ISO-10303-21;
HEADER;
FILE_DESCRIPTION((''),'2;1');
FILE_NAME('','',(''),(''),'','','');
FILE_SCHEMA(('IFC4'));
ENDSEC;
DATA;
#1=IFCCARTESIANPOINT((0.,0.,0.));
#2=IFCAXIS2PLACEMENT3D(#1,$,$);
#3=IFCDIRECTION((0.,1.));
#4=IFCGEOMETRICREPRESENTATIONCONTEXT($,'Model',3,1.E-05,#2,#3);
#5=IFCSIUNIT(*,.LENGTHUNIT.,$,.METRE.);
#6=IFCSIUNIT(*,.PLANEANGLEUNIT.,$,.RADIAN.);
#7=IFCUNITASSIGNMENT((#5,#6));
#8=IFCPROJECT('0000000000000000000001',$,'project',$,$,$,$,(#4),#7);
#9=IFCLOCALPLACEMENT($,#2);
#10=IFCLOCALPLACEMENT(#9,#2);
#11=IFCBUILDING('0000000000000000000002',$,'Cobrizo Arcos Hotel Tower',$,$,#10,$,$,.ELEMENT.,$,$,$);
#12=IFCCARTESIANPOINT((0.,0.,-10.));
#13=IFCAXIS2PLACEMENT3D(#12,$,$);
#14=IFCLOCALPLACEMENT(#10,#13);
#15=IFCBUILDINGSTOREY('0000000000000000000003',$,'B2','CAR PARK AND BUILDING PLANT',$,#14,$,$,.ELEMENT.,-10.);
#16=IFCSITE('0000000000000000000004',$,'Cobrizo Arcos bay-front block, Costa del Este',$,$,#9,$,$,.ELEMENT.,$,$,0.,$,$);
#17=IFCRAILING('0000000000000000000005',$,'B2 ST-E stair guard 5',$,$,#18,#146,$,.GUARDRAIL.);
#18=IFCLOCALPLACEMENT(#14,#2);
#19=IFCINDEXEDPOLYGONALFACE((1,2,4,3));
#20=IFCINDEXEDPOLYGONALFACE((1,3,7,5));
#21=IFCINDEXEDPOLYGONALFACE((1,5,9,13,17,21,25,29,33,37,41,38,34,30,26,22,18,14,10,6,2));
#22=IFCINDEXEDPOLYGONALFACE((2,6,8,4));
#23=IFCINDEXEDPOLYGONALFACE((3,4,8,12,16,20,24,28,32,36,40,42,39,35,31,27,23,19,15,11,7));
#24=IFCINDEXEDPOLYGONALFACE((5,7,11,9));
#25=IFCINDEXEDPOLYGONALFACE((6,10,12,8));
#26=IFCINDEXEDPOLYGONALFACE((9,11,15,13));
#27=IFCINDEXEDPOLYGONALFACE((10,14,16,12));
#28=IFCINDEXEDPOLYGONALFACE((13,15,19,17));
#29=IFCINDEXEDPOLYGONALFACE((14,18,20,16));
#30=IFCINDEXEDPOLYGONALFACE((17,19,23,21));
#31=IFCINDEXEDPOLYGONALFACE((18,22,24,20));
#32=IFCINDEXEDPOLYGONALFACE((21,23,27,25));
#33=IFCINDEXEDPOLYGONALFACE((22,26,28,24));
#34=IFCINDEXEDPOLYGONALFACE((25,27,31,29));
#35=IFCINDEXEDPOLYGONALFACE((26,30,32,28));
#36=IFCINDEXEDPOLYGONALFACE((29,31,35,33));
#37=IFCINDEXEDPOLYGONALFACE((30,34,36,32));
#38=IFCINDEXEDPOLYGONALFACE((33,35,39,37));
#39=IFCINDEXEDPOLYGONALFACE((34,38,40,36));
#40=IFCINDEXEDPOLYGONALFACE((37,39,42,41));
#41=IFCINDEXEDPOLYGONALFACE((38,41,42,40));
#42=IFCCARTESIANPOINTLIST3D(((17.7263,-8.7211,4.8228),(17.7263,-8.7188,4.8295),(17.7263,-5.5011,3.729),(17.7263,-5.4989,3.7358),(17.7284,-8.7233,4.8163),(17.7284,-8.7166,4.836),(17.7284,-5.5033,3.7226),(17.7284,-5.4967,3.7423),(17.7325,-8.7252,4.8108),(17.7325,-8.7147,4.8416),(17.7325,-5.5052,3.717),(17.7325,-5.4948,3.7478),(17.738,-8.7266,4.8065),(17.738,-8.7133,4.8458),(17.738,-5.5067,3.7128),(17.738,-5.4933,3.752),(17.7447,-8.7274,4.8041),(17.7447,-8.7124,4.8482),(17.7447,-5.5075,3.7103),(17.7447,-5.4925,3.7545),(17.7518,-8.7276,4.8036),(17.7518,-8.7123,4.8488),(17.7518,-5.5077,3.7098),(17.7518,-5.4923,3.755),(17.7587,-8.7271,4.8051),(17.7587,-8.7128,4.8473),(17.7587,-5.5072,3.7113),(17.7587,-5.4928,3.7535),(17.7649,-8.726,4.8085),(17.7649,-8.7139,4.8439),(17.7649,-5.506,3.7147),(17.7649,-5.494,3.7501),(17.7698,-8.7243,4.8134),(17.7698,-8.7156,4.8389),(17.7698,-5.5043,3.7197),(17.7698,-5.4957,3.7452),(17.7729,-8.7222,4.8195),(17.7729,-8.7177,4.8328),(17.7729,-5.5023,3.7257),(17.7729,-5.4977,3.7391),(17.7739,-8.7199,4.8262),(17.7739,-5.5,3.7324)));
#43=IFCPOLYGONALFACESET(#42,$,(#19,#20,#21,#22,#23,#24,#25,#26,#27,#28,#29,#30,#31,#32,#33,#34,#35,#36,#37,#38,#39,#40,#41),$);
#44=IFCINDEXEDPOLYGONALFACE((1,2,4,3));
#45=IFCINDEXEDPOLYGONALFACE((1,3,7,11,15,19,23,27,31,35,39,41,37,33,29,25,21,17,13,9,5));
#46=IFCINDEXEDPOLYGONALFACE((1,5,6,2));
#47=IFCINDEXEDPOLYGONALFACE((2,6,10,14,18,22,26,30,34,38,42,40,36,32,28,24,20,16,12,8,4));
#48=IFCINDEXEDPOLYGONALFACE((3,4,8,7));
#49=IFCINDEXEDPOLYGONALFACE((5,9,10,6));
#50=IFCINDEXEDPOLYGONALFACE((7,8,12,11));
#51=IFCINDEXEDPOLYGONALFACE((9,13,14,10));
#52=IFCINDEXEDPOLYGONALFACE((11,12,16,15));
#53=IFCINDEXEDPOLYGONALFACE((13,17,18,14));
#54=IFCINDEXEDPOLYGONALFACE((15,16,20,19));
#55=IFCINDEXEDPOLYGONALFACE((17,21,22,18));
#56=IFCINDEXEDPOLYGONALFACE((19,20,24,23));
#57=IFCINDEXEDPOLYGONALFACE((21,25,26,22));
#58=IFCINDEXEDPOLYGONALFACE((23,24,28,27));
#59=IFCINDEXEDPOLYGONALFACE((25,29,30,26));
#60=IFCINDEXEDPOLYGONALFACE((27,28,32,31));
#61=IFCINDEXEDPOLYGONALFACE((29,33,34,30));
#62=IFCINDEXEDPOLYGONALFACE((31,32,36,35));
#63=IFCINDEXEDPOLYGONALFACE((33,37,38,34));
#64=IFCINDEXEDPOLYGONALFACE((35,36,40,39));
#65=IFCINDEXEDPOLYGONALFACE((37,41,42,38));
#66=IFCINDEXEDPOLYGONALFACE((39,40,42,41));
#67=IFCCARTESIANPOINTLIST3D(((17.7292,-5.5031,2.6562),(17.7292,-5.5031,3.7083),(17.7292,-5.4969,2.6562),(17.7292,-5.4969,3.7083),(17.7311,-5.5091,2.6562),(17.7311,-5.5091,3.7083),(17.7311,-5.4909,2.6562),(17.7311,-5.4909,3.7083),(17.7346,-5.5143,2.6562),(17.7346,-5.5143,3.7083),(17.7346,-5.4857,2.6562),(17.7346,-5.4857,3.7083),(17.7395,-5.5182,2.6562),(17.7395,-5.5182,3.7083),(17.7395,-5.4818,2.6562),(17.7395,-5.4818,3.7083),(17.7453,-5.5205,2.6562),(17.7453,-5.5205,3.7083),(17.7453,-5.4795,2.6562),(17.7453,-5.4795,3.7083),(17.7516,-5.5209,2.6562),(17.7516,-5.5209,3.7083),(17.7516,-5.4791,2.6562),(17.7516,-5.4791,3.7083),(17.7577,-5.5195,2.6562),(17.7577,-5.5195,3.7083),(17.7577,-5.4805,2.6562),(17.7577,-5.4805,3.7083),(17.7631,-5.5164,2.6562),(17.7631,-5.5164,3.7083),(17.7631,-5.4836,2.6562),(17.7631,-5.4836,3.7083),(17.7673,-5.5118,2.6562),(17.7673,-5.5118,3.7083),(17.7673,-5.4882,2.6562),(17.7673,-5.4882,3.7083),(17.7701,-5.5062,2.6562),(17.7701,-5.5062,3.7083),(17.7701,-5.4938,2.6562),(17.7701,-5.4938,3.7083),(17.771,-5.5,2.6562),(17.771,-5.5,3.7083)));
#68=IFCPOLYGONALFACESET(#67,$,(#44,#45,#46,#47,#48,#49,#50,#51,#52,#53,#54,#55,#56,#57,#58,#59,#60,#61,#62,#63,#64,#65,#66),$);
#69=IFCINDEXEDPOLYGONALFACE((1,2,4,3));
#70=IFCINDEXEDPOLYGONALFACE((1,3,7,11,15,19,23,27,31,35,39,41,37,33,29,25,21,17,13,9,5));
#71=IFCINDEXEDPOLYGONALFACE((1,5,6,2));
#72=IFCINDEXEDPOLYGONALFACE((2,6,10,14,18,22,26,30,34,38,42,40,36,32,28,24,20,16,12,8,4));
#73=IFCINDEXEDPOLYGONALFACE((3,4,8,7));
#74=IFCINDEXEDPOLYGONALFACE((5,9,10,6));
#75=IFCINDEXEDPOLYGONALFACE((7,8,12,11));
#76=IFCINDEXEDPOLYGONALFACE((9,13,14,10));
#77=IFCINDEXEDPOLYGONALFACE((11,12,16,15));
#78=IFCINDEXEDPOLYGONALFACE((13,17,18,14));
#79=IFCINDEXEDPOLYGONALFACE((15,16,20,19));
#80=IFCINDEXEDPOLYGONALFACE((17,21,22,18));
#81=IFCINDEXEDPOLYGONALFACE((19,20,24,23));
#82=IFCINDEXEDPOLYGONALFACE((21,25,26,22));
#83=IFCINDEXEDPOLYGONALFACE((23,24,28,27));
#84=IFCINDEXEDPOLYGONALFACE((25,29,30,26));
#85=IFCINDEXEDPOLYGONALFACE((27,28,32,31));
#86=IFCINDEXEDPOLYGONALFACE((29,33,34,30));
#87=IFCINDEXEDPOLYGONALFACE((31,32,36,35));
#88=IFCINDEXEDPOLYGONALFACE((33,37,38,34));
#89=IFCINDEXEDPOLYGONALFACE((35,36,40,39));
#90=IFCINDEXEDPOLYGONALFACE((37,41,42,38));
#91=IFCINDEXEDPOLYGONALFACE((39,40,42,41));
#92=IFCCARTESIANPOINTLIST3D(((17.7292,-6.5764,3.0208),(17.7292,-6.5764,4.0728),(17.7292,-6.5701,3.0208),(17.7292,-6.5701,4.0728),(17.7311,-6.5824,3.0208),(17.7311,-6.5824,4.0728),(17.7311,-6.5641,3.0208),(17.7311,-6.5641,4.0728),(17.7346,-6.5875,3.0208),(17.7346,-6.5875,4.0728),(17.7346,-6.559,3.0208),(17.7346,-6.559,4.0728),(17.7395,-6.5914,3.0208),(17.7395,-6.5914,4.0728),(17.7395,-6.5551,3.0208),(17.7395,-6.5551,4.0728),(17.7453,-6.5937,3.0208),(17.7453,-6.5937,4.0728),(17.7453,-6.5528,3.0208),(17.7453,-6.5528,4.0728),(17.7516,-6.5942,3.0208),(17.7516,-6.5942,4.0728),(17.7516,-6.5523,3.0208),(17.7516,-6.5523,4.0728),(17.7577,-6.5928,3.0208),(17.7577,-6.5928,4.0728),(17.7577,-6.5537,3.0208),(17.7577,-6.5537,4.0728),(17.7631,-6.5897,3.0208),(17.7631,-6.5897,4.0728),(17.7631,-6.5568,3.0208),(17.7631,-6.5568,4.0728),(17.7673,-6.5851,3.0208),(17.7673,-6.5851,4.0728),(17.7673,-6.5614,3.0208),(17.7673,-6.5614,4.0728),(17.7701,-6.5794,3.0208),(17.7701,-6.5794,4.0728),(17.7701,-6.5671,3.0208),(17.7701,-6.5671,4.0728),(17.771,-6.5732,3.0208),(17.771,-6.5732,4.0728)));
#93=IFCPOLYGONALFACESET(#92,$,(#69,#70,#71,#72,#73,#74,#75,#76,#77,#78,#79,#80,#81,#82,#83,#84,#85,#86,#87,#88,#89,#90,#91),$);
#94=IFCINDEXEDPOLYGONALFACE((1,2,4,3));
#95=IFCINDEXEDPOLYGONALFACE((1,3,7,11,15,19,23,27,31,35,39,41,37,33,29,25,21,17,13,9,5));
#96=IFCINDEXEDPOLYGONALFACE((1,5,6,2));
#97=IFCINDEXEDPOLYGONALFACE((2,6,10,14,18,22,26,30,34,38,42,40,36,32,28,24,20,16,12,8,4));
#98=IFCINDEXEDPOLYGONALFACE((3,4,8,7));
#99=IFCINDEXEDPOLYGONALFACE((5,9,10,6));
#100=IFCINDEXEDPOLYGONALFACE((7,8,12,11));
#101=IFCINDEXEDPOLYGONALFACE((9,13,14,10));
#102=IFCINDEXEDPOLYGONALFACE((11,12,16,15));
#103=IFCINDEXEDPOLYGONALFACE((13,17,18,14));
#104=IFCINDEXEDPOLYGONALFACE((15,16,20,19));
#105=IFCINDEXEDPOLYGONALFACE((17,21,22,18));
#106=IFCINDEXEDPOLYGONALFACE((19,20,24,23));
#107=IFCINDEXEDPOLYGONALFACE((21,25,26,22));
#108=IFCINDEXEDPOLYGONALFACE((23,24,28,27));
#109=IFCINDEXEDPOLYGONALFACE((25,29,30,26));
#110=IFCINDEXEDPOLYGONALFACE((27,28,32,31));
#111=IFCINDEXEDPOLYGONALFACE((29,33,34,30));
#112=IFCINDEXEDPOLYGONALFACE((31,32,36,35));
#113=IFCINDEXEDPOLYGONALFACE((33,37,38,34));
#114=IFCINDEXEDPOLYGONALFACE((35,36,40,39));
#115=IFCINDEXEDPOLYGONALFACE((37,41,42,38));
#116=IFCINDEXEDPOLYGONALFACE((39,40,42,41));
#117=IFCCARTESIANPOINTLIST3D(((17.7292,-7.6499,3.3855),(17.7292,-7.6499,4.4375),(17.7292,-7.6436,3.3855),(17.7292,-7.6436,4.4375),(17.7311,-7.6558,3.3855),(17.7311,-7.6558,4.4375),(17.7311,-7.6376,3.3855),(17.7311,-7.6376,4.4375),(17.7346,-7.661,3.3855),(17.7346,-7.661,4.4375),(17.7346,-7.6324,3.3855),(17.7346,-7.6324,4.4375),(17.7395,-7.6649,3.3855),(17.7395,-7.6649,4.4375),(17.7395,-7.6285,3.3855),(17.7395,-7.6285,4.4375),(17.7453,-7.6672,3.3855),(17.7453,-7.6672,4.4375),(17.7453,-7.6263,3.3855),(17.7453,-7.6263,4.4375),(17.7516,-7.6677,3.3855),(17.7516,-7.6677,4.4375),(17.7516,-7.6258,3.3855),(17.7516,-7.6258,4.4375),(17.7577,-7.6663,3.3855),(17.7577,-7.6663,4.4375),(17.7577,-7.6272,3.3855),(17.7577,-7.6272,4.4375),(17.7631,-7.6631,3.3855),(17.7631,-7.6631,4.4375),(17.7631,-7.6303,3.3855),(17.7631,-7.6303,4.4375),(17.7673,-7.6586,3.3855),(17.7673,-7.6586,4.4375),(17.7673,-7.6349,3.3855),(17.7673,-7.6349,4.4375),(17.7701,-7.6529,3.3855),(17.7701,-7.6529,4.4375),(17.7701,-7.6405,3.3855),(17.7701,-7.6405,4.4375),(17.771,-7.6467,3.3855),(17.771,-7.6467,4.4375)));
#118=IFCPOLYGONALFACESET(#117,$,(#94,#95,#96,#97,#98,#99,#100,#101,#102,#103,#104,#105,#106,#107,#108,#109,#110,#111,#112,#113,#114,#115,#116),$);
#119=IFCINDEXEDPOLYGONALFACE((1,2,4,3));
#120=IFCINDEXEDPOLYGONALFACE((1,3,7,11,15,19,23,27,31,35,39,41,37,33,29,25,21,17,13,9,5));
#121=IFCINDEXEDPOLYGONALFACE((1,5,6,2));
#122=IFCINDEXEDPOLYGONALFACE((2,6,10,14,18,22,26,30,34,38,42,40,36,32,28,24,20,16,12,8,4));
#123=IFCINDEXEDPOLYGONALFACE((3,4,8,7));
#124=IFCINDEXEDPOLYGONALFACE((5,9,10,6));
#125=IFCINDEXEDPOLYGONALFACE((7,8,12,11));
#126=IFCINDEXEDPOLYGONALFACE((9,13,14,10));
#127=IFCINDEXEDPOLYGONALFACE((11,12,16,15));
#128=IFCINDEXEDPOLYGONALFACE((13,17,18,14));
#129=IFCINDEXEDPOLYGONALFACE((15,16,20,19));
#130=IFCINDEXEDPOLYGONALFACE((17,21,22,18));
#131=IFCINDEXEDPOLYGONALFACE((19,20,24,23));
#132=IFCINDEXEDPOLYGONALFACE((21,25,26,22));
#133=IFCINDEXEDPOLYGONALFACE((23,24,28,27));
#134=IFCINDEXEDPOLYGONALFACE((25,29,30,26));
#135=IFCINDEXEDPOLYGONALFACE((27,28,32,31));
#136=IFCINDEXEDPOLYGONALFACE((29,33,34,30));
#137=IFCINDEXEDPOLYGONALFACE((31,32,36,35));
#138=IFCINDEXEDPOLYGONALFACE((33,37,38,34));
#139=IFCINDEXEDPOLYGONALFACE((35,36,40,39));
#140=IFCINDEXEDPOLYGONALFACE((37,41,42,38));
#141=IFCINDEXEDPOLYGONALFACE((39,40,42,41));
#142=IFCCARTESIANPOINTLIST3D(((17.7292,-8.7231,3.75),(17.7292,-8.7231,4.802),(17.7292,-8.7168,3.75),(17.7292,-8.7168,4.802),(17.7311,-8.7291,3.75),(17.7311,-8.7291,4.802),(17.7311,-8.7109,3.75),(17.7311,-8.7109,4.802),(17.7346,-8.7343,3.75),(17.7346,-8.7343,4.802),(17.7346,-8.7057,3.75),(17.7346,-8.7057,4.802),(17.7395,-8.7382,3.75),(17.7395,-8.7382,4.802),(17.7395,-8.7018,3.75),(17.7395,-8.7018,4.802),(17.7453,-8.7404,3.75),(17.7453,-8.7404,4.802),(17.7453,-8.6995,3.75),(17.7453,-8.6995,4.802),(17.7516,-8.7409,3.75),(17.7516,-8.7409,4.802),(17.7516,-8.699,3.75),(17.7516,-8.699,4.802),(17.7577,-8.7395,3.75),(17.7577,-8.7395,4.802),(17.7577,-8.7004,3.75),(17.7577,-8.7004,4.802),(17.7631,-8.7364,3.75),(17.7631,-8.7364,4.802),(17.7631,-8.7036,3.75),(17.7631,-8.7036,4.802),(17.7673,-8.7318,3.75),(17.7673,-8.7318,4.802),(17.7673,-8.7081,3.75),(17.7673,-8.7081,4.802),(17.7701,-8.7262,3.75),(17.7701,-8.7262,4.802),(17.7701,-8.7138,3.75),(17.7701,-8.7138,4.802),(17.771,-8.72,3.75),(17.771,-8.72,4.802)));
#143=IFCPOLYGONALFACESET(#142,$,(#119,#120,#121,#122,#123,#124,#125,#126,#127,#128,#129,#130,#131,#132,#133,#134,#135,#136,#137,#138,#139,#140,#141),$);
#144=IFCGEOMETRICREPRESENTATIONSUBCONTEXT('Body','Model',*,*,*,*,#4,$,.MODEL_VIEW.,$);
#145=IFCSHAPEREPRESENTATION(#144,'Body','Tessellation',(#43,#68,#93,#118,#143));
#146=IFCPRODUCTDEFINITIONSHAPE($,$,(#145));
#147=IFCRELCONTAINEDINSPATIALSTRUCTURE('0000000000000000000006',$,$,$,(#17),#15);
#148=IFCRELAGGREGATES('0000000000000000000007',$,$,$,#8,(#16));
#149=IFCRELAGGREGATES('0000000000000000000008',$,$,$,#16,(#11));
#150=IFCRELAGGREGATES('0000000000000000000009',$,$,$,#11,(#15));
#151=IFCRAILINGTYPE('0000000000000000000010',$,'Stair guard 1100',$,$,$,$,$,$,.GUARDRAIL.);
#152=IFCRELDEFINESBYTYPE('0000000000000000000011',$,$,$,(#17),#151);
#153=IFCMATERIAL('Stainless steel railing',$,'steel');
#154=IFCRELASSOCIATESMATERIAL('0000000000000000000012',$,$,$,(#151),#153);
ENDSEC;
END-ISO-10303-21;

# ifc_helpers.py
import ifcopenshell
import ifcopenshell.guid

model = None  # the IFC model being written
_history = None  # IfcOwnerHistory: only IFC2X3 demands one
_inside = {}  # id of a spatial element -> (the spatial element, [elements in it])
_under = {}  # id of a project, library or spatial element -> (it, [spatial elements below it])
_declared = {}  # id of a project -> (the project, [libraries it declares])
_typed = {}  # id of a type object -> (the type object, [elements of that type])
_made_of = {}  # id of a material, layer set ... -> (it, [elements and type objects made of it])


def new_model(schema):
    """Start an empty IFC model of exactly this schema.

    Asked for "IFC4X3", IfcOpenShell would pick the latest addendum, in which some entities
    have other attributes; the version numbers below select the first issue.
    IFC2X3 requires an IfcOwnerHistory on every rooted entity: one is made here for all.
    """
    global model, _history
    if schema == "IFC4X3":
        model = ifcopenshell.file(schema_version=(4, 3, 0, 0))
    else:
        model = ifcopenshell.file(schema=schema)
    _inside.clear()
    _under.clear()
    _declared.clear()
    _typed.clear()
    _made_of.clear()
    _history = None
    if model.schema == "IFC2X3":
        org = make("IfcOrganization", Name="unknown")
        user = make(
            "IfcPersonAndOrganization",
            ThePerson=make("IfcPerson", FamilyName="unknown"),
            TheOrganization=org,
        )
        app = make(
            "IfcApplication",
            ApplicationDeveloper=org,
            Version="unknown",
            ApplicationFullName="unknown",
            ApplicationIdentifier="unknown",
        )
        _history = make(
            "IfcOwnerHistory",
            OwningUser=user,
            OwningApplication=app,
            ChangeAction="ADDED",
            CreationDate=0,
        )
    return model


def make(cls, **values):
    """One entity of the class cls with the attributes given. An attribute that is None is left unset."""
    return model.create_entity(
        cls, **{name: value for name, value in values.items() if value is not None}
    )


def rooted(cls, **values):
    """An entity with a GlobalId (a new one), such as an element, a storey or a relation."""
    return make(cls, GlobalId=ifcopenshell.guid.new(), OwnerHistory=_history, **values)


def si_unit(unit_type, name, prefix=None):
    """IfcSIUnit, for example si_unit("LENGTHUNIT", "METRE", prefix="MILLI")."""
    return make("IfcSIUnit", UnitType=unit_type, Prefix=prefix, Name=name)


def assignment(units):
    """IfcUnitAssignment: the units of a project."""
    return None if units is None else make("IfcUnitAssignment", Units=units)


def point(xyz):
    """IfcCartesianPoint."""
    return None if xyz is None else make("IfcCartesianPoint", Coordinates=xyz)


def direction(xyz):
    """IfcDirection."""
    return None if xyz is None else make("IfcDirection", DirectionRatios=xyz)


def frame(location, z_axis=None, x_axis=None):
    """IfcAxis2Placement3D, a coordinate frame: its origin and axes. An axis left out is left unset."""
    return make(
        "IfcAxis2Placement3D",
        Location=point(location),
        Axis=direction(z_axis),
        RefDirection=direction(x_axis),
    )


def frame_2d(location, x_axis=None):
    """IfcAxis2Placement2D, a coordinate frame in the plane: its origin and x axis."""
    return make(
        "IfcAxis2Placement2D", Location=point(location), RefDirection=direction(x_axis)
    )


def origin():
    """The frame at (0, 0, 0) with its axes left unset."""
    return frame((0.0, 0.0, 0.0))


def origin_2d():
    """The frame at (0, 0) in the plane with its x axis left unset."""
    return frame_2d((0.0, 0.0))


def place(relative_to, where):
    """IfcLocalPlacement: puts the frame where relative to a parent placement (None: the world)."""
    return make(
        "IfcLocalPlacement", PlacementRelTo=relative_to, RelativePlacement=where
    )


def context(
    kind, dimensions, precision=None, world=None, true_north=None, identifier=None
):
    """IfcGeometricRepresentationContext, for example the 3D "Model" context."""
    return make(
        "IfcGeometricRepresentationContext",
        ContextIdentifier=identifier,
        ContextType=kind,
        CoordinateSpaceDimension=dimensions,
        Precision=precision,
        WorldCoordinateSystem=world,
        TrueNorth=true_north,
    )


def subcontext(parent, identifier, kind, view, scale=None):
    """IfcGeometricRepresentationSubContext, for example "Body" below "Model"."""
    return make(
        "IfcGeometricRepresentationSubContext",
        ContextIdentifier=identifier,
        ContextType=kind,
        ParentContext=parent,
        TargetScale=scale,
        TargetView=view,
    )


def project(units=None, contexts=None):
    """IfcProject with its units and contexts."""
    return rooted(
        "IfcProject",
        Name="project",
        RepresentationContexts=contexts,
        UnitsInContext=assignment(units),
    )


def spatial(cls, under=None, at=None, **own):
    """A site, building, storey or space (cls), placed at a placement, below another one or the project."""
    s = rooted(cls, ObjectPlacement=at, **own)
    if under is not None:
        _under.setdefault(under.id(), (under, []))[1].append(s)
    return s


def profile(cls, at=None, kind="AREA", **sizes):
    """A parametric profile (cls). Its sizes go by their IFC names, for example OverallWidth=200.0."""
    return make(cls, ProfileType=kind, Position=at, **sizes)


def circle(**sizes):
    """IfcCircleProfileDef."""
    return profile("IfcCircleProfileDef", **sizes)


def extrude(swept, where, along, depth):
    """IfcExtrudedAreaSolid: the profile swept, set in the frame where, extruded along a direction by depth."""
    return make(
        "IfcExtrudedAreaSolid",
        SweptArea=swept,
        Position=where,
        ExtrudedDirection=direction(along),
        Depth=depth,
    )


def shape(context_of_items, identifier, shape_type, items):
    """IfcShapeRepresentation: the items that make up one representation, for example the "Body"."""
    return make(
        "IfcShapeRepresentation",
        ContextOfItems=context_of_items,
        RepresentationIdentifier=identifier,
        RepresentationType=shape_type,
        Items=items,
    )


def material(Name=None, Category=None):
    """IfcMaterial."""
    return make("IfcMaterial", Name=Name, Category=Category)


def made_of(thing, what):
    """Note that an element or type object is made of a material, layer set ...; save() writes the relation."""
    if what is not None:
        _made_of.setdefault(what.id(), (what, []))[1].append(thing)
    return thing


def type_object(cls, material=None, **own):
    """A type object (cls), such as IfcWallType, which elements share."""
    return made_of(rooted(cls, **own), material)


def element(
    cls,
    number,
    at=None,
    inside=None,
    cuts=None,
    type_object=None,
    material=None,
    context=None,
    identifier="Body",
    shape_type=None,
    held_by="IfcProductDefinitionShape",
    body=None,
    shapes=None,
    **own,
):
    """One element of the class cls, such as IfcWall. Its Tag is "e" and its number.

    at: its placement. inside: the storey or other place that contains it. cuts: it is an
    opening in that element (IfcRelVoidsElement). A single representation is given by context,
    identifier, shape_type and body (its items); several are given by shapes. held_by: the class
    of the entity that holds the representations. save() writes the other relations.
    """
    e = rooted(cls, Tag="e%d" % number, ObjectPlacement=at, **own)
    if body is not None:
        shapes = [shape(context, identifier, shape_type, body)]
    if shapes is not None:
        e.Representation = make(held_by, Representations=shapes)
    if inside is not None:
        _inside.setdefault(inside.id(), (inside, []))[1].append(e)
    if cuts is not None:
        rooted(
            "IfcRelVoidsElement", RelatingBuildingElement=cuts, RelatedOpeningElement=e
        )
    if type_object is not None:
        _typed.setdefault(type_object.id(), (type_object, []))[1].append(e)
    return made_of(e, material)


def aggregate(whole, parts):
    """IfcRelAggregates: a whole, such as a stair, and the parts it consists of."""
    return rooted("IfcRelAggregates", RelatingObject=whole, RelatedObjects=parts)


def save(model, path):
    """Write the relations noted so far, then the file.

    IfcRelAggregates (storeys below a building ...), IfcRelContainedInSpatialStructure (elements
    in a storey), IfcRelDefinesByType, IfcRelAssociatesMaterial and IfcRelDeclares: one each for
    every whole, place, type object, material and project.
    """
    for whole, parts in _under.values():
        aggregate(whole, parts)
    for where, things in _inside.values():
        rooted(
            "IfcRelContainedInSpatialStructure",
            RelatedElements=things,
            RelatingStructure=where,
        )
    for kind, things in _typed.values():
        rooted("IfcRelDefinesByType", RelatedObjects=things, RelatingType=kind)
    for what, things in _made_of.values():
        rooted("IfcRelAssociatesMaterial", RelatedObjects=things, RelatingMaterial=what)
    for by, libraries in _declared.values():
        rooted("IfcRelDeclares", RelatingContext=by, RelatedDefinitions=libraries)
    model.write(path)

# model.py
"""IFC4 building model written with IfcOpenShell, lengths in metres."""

from ifc_helpers import new_model, si_unit, direction, frame, origin, origin_2d, place, context, subcontext, project, spatial, circle, extrude, material, type_object, element, save


model = new_model("IFC4")

# Units and contexts
model_context = context("Model", 3, precision=1e-05, world=origin(), true_north=direction((0.0, 1.0)))
body_context = subcontext(model_context, "Body", "Model", "MODEL_VIEW")
ifc_project = project(units=[si_unit("LENGTHUNIT", "METRE"), si_unit("PLANEANGLEUNIT", "RADIAN")], contexts=[model_context])

# Site, building, storey
site_placement = place(None, origin())
site = spatial("IfcSite", under=ifc_project, at=site_placement, Name="Cobrizo Arcos bay-front block, Costa del Este", CompositionType="ELEMENT", RefElevation=0.0)
building_placement = place(site_placement, origin())
building = spatial("IfcBuilding", under=site, at=building_placement, Name="Cobrizo Arcos Hotel Tower", CompositionType="ELEMENT")
storey_placement = place(building_placement, frame((0.0, 0.0, -10.0)))
storey = spatial("IfcBuildingStorey", under=building, at=storey_placement, Name="B2", Description="CAR PARK AND BUILDING PLANT", CompositionType="ELEMENT", Elevation=-10.0)

# Railing
ifc_material_1 = material(Name="Stainless steel railing", Category="steel")
railing_type_1 = type_object("IfcRailingType", Name="Stair guard 1100", PredefinedType="GUARDRAIL", material=ifc_material_1)
railing_1_placement = place(storey_placement, frame((17.75, -5.5, 2.6562)))
element("IfcRailing", 1, at=railing_1_placement, inside=storey, type_object=railing_type_1, Name="B2 ST-E stair guard 5", PredefinedType="GUARDRAIL", context=body_context, shape_type="SweptSolid", body=[
    extrude(circle(Radius=0.0239, at=origin_2d()), frame((0.0, 0.0, 1.0762), z_axis=(0.0, -0.946866, 0.321629), x_axis=(1.0, 0.0, 0.0)), (0.0, 0.0, 1.0), 3.4006),
    extrude(circle(Radius=0.021, at=origin_2d()), origin(), (0.0, 0.0, 1.0), 1.052),
    extrude(circle(Radius=0.021, at=origin_2d()), frame((0.0, -1.0732, 0.3645)), (0.0, 0.0, 1.0), 1.052),
    extrude(circle(Radius=0.021, at=origin_2d()), frame((0.0, -2.1467, 0.7292)), (0.0, 0.0, 1.0), 1.052),
    extrude(circle(Radius=0.021, at=origin_2d()), frame((0.0, -3.22, 1.0938)), (0.0, 0.0, 1.0), 1.052),
])

save(model, "model.ifc")
